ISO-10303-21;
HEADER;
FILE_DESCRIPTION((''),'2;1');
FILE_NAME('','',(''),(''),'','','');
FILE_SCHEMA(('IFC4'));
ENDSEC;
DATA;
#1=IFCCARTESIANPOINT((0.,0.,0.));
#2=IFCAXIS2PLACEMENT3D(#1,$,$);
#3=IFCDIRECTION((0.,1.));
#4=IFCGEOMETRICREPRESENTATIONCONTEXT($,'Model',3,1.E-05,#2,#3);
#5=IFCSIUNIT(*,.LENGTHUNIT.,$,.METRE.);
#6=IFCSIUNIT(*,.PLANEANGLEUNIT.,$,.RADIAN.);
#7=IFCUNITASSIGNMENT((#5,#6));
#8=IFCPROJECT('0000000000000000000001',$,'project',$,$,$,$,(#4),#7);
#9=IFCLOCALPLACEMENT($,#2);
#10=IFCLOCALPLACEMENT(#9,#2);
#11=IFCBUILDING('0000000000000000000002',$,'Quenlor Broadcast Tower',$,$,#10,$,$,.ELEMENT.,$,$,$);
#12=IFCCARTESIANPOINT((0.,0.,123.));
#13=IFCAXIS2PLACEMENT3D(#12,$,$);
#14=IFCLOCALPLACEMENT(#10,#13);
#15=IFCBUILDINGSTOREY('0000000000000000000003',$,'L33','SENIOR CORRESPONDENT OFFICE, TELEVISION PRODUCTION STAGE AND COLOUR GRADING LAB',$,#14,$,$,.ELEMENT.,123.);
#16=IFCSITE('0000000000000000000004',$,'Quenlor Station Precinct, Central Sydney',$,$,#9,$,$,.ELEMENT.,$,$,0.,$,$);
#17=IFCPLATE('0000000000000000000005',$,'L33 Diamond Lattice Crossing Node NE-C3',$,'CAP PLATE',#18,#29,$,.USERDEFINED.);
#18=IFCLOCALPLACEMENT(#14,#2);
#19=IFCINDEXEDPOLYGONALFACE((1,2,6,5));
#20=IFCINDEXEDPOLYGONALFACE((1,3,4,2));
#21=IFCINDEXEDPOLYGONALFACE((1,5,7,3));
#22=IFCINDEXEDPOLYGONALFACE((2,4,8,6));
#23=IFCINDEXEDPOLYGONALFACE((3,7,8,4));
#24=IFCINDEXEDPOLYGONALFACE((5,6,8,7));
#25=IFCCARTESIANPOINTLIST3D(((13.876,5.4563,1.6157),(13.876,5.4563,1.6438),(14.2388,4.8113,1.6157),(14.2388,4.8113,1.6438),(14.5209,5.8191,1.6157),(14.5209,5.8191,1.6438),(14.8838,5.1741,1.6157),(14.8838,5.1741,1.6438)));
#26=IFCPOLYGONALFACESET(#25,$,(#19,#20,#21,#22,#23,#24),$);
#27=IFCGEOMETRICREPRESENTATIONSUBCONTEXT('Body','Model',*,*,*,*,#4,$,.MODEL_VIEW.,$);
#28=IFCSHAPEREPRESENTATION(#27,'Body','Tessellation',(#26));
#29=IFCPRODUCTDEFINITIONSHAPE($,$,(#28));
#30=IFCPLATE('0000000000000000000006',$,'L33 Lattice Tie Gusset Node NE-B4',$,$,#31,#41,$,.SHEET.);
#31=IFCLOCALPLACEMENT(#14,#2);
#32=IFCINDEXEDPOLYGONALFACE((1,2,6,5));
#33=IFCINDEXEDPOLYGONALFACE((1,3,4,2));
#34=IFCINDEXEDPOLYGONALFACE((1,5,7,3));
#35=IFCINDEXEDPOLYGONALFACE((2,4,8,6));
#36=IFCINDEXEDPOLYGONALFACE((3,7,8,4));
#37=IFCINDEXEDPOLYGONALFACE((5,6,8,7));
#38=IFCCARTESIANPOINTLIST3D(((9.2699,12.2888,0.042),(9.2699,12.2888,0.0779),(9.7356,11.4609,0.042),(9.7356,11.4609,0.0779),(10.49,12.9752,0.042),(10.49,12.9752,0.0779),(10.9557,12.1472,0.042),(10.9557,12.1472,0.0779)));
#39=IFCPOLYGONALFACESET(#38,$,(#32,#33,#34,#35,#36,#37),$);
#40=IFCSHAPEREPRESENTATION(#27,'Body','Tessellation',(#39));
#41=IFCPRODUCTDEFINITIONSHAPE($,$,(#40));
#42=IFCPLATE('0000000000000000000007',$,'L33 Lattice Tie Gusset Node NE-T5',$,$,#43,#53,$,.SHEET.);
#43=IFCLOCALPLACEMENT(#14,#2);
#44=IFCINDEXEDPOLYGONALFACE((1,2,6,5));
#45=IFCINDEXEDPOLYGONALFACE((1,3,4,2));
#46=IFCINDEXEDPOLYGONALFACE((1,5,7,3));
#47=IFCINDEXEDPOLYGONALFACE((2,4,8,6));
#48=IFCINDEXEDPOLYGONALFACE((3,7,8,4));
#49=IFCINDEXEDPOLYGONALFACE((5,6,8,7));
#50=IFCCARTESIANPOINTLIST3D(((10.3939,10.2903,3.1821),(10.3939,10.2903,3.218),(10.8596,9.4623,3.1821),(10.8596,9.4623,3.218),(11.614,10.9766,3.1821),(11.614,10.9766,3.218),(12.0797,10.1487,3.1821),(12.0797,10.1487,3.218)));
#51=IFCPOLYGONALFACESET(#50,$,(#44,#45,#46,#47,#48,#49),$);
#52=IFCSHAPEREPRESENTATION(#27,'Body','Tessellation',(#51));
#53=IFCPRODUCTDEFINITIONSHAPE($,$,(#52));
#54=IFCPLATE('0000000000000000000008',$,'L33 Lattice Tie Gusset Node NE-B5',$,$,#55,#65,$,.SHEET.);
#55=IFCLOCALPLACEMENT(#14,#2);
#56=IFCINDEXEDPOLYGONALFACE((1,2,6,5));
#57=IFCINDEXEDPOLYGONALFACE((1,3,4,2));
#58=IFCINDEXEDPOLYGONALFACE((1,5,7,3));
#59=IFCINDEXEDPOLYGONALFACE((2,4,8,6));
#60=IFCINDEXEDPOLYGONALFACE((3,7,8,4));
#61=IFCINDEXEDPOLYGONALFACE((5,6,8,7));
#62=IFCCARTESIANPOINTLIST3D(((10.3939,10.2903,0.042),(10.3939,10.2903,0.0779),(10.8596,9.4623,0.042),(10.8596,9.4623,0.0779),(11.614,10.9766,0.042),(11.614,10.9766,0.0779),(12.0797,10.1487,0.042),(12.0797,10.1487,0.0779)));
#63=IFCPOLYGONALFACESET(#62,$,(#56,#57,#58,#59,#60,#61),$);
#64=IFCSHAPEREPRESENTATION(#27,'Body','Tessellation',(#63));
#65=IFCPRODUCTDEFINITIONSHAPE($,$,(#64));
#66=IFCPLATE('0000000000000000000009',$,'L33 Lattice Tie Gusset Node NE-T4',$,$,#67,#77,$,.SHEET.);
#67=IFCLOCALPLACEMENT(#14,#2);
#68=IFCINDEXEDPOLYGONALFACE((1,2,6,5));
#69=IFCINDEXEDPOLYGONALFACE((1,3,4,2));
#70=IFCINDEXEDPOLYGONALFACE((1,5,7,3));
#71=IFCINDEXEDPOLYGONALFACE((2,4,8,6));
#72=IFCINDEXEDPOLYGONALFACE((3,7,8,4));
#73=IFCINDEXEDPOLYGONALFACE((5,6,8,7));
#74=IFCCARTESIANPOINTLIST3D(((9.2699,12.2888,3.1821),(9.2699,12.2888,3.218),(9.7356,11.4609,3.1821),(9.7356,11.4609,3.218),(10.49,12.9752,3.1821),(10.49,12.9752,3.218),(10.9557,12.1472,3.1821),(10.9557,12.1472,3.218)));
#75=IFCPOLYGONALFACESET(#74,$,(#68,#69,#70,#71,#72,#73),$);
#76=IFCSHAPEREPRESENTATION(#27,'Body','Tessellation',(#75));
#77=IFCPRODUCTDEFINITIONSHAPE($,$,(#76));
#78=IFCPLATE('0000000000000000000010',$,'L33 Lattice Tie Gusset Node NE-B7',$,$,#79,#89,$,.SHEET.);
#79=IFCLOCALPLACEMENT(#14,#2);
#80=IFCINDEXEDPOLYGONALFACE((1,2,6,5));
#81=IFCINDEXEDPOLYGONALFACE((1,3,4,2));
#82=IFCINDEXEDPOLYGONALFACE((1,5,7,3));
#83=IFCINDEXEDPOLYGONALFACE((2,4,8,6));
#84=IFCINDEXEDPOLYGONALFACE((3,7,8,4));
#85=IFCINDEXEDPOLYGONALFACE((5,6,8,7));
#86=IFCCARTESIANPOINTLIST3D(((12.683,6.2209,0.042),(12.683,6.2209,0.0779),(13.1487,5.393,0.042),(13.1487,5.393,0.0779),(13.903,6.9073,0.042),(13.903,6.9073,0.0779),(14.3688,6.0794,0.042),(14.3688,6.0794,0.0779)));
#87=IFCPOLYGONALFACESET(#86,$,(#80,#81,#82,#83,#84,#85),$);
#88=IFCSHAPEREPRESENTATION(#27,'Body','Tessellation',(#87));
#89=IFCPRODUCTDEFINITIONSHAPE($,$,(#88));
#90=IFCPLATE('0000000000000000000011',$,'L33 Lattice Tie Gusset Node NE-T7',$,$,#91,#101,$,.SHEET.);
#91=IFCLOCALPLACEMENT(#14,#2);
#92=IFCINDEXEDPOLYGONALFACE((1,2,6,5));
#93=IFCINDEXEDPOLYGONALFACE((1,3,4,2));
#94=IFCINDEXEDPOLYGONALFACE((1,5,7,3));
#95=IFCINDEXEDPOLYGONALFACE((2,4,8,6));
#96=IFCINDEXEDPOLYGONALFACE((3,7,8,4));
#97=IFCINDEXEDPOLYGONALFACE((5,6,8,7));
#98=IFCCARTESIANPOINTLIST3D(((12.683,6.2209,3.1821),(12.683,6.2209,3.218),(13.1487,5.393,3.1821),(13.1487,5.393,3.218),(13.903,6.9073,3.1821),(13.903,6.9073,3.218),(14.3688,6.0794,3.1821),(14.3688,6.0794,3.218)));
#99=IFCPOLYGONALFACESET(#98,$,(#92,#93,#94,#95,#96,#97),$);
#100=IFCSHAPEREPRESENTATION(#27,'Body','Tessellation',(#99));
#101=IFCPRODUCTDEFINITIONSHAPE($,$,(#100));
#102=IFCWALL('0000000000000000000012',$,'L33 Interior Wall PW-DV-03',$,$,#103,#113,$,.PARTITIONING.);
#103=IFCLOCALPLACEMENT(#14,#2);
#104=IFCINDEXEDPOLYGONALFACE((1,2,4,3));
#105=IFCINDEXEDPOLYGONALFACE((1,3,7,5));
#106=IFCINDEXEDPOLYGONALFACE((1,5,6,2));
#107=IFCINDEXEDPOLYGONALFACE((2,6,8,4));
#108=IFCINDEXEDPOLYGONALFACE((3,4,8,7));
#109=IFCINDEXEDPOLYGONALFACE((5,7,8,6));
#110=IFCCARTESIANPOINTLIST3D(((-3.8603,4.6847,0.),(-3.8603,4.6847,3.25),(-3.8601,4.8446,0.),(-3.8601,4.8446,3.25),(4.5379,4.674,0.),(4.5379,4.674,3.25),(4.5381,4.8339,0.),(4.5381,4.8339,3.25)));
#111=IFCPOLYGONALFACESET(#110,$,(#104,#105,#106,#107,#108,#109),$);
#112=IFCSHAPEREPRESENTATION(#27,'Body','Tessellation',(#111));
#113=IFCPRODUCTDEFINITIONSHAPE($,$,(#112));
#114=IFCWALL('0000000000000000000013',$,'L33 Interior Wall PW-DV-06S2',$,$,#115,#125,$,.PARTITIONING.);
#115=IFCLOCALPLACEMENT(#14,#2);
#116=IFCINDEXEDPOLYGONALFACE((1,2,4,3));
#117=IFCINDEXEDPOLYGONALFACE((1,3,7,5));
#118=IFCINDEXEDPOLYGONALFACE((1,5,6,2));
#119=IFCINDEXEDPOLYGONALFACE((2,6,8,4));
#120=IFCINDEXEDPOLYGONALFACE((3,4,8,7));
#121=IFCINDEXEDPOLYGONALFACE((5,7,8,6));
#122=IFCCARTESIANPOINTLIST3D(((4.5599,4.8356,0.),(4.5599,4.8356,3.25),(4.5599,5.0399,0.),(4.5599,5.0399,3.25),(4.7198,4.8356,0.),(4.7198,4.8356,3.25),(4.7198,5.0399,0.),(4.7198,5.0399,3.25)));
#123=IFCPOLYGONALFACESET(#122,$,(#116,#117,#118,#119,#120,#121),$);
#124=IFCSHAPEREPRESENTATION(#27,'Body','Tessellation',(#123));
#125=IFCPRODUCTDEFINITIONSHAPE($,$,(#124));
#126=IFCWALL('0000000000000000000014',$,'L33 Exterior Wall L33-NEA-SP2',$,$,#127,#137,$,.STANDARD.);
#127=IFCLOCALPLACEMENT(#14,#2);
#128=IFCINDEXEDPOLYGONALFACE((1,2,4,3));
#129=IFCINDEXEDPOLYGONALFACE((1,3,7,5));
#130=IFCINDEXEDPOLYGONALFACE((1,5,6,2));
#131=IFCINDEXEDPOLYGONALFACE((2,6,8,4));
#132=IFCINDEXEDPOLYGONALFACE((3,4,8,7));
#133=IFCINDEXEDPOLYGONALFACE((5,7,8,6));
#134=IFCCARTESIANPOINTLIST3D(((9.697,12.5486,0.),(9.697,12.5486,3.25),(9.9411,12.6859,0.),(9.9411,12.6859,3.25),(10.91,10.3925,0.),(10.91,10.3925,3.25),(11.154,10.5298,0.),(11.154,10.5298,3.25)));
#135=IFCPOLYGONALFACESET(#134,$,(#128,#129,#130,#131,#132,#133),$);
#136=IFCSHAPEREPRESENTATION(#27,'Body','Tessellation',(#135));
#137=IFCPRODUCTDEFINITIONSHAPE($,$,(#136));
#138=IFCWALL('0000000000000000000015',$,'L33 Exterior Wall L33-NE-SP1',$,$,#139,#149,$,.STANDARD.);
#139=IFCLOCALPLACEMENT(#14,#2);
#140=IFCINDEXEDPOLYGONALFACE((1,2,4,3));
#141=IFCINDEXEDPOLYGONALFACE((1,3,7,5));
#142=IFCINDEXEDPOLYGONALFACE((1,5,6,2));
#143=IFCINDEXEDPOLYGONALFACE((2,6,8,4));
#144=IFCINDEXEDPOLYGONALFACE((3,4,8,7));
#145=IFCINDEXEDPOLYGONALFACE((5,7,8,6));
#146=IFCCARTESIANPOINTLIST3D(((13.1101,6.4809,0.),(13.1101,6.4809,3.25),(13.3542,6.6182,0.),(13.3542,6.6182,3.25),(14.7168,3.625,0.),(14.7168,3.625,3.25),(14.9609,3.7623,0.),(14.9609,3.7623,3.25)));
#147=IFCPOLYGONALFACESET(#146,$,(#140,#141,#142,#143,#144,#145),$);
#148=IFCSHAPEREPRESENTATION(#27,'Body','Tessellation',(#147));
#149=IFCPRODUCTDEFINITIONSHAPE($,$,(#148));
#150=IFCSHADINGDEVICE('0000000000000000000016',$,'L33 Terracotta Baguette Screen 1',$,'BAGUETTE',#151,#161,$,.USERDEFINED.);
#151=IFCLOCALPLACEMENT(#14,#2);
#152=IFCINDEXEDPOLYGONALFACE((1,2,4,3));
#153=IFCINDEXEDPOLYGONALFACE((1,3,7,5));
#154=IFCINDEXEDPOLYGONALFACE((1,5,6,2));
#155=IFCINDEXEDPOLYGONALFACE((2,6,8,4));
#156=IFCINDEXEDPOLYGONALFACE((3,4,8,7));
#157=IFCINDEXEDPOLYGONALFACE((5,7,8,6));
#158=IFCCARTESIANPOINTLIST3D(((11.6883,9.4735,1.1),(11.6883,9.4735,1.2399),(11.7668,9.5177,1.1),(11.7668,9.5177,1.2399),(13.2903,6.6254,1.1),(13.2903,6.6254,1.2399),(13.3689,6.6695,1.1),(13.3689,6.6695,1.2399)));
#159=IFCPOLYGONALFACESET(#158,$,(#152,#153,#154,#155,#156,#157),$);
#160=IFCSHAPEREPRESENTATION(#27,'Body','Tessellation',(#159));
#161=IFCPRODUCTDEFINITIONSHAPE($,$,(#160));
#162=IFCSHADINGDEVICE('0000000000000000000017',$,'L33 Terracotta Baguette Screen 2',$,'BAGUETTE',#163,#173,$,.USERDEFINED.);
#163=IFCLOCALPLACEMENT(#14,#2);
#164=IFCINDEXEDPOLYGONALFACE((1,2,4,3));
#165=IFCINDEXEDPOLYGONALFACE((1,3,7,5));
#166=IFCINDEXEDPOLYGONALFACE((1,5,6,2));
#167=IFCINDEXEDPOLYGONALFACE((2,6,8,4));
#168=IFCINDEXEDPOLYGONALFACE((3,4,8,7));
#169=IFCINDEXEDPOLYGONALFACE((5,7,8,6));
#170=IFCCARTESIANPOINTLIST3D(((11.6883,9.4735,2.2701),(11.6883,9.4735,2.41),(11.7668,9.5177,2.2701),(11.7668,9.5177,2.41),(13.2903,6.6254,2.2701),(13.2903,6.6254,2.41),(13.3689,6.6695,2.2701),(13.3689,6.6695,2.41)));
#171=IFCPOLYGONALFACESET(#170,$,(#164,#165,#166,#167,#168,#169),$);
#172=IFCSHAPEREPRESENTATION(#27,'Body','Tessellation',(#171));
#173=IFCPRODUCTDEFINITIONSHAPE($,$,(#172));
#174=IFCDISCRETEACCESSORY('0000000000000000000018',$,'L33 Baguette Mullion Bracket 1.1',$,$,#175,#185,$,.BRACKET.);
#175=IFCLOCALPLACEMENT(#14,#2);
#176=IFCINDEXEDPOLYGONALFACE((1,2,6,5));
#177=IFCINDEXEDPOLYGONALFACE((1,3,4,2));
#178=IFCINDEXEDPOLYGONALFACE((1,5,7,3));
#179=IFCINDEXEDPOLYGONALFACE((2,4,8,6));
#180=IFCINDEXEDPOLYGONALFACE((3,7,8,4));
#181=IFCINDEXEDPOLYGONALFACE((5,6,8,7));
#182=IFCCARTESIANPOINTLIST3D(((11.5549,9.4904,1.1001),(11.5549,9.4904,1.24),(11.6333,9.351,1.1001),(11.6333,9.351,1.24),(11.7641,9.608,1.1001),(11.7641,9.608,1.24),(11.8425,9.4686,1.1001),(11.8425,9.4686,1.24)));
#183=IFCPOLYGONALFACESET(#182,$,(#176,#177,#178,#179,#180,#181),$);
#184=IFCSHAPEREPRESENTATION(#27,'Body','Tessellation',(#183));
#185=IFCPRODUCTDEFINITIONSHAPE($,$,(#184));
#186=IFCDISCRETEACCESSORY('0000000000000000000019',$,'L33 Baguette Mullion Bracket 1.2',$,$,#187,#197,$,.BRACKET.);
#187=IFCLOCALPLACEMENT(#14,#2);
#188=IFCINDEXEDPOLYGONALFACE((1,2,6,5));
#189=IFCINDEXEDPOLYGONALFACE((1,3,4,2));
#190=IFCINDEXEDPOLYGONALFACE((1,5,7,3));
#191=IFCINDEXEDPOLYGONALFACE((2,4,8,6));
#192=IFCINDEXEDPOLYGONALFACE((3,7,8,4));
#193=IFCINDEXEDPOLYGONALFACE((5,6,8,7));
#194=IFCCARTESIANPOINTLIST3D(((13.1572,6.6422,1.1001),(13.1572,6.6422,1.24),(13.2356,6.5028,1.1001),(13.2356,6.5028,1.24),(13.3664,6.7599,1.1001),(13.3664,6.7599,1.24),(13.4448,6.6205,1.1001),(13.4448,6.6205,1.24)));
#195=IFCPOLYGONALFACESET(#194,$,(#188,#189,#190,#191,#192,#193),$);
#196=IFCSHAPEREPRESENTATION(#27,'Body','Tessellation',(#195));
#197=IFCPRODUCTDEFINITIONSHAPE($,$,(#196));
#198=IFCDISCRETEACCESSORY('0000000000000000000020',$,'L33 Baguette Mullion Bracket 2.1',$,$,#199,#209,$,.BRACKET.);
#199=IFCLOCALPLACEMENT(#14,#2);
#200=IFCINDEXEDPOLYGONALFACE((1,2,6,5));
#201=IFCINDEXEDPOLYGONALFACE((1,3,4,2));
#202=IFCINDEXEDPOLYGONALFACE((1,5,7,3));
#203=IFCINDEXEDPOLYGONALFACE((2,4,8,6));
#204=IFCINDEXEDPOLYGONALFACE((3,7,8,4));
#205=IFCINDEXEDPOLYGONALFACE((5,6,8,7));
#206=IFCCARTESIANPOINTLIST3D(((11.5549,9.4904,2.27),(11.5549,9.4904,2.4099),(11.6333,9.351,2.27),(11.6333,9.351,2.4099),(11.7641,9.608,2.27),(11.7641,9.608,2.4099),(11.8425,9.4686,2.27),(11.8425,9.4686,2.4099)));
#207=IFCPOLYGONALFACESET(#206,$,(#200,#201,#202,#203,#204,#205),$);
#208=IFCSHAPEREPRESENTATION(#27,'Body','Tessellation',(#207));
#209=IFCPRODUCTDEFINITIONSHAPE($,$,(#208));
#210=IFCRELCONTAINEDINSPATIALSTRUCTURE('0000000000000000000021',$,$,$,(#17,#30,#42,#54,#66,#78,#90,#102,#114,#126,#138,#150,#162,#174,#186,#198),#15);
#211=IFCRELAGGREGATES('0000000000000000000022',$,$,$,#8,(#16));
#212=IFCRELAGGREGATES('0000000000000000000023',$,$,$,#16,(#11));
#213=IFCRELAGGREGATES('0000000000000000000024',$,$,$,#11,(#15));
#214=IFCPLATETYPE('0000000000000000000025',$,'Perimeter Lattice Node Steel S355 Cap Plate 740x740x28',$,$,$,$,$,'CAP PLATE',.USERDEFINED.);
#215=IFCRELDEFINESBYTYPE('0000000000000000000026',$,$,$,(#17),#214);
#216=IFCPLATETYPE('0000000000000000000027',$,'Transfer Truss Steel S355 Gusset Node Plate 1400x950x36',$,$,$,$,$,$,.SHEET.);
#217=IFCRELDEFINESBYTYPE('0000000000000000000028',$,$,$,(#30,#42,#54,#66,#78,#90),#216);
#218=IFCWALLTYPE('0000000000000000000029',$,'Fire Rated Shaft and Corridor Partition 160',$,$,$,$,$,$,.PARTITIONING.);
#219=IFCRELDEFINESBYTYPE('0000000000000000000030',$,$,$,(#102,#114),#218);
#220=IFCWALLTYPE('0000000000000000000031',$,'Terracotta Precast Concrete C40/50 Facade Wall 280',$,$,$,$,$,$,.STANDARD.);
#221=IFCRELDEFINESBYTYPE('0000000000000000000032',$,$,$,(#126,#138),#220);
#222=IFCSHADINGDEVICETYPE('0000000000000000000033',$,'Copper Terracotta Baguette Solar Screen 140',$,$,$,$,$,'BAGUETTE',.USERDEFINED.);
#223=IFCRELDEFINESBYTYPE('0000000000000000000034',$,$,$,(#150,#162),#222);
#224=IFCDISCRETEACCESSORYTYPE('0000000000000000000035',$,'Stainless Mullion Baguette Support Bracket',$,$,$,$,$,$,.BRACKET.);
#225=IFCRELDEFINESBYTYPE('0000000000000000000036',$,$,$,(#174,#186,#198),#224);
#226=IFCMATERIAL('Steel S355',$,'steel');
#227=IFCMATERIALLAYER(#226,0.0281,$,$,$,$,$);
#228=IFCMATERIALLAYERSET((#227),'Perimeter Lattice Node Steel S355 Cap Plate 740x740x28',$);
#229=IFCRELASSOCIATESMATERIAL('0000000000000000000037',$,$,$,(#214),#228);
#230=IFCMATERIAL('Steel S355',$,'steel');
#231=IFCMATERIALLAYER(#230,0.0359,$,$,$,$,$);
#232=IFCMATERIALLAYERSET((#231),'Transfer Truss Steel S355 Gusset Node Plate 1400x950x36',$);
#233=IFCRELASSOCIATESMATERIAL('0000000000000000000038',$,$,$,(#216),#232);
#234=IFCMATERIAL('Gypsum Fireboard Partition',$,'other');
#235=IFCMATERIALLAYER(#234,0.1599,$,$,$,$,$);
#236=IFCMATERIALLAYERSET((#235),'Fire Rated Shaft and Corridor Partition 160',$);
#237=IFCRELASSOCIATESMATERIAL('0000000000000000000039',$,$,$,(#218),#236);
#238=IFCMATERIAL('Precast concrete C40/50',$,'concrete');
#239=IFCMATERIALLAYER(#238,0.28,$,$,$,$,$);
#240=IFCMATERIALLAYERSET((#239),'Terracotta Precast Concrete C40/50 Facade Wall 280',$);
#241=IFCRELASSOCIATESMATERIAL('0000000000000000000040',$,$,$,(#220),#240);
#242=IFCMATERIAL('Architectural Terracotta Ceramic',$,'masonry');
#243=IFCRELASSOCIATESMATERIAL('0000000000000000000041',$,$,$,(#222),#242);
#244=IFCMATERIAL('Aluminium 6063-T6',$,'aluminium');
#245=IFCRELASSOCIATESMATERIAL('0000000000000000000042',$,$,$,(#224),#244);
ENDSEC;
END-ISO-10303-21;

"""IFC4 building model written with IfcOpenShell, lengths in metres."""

from ifc_helpers import new_model, si_unit, direction, frame, frame_2d, origin, origin_2d, place, context, subcontext, project, spatial, rectangle, extrude, material, layer, layer_set, material_profile, profile_set, type_object, element, save


model = new_model("IFC4")

# Units and contexts
model_context = context("Model", 3, precision=1e-05, world=origin(), true_north=direction((0.0, 1.0)))
body_context = subcontext(model_context, "Body", "Model", "MODEL_VIEW")
ifc_project = project(units=[si_unit("LENGTHUNIT", "METRE"), si_unit("PLANEANGLEUNIT", "RADIAN")], contexts=[model_context])

# Site, building, storey
site_placement = place(None, origin())
site = spatial("IfcSite", under=ifc_project, at=site_placement, Name="Quenlor Station Precinct, Central Sydney", CompositionType="ELEMENT", RefElevation=0.0)
building_placement = place(site_placement, origin())
building = spatial("IfcBuilding", under=site, at=building_placement, Name="Quenlor Broadcast Tower", CompositionType="ELEMENT")
storey_placement = place(building_placement, frame((0.0, 0.0, 123.0)))
storey = spatial("IfcBuildingStorey", under=building, at=storey_placement, Name="L33", Description="SENIOR CORRESPONDENT OFFICE, TELEVISION PRODUCTION STAGE AND COLOUR GRADING LAB", CompositionType="ELEMENT", Elevation=123.0)

# Plates
ifc_material_1 = material(Name="Steel S355", Category="steel")
ifc_layer_1 = layer(ifc_material_1, 0.0281)
ifc_layer_set_1 = layer_set([ifc_layer_1], Name="Perimeter Lattice Node Steel S355 Cap Plate 740x740x28")
plate_type_1 = type_object("IfcPlateType", Name="Perimeter Lattice Node Steel S355 Cap Plate 740x740x28", ElementType="CAP PLATE", PredefinedType="USERDEFINED", material=ifc_layer_set_1)
for number, where, z_axis, x_axis, name in (
    (1, (14.3799, 5.3152, 1.6157), (0.0, 0.0, 1.0), (0.490295, -0.871556, 0.0), "L33 Diamond Lattice Crossing Node NE-C3"),
):
    element("IfcPlate", number, at=place(storey_placement, frame(where, z_axis=z_axis, x_axis=x_axis)), inside=storey, type_object=plate_type_1, Name=name, ObjectType="CAP PLATE", PredefinedType="USERDEFINED", context=body_context, shape_type="SweptSolid", body=[
        extrude(rectangle(XDim=0.74, YDim=0.74, at=origin_2d()), origin(), (0.0, 0.0, 1.0), 0.0281),
    ])
ifc_material_2 = material(Name="Steel S355", Category="steel")
ifc_layer_2 = layer(ifc_material_2, 0.0359)
ifc_layer_set_2 = layer_set([ifc_layer_2], Name="Transfer Truss Steel S355 Gusset Node Plate 1400x950x36")
plate_type_2 = type_object("IfcPlateType", Name="Transfer Truss Steel S355 Gusset Node Plate 1400x950x36", PredefinedType="SHEET", material=ifc_layer_set_2)
for number, where, z_axis, x_axis, name in (
    (2, (10.1128, 12.218, 0.042), (0.0, 0.0, 1.0), (0.871556, 0.490295, 0.0), "L33 Lattice Tie Gusset Node NE-B4"),
    (3, (11.2368, 10.2195, 3.1821), (0.0, 0.0, 1.0), (0.871556, 0.490295, 0.0), "L33 Lattice Tie Gusset Node NE-T5"),
    (4, (11.2368, 10.2195, 0.042), (0.0, 0.0, 1.0), (0.871556, 0.490295, 0.0), "L33 Lattice Tie Gusset Node NE-B5"),
    (5, (10.1128, 12.218, 3.1821), (0.0, 0.0, 1.0), (0.871556, 0.490295, 0.0), "L33 Lattice Tie Gusset Node NE-T4"),
    (6, (13.5259, 6.1501, 0.042), (0.0, 0.0, 1.0), (0.871556, 0.490295, 0.0), "L33 Lattice Tie Gusset Node NE-B7"),
    (7, (13.5259, 6.1501, 3.1821), (0.0, 0.0, 1.0), (0.871556, 0.490295, 0.0), "L33 Lattice Tie Gusset Node NE-T7"),
):
    element("IfcPlate", number, at=place(storey_placement, frame(where, z_axis=z_axis, x_axis=x_axis)), inside=storey, type_object=plate_type_2, Name=name, PredefinedType="SHEET", context=body_context, shape_type="SweptSolid", body=[
        extrude(rectangle(XDim=1.3999, YDim=0.95, at=origin_2d()), origin(), (0.0, 0.0, 1.0), 0.0359),
    ])

# Walls
ifc_material_3 = material(Name="Gypsum Fireboard Partition", Category="other")
ifc_layer_3 = layer(ifc_material_3, 0.1599)
ifc_layer_set_3 = layer_set([ifc_layer_3], Name="Fire Rated Shaft and Corridor Partition 160")
wall_type_1 = type_object("IfcWallType", Name="Fire Rated Shaft and Corridor Partition 160", PredefinedType="PARTITIONING", material=ifc_layer_set_3)
wall_1_placement = place(storey_placement, frame((4.5381, 4.7539, 0.0), z_axis=(0.0, 0.0, 1.0), x_axis=(-0.999999, 0.001279, 0.0)))
element("IfcWall", 8, at=wall_1_placement, inside=storey, type_object=wall_type_1, Name="L33 Interior Wall PW-DV-03", PredefinedType="PARTITIONING", context=body_context, shape_type="SweptSolid", body=[
    extrude(rectangle(XDim=8.3982, YDim=0.1599, at=frame_2d((4.1992, 0.0))), origin(), (0.0, 0.0, 1.0), 3.25),
])
wall_2_placement = place(storey_placement, frame((4.6399, 4.8357, 0.0), z_axis=(0.0, 0.0, 1.0), x_axis=(0.0, 1.0, 0.0)))
element("IfcWall", 9, at=wall_2_placement, inside=storey, type_object=wall_type_1, Name="L33 Interior Wall PW-DV-06S2", PredefinedType="PARTITIONING", context=body_context, shape_type="SweptSolid", body=[
    extrude(rectangle(XDim=0.2043, YDim=0.1599, at=frame_2d((0.1021, 0.0))), origin(), (0.0, 0.0, 1.0), 3.25),
])
ifc_material_4 = material(Name="Precast concrete C40/50", Category="concrete")
ifc_layer_4 = layer(ifc_material_4, 0.28)
ifc_layer_set_4 = layer_set([ifc_layer_4], Name="Terracotta Precast Concrete C40/50 Facade Wall 280")
wall_type_2 = type_object("IfcWallType", Name="Terracotta Precast Concrete C40/50 Facade Wall 280", PredefinedType="STANDARD", material=ifc_layer_set_4)
wall_3_placement = place(storey_placement, frame((9.8191, 12.6172, 0.0), z_axis=(0.0, 0.0, 1.0), x_axis=(0.490303, -0.871552, 0.0)))
element("IfcWall", 10, at=wall_3_placement, inside=storey, type_object=wall_type_2, Name="L33 Exterior Wall L33-NEA-SP2", PredefinedType="STANDARD", context=body_context, shape_type="SweptSolid", body=[
    extrude(rectangle(XDim=2.4739, YDim=0.28, at=frame_2d((1.2368, 0.0))), origin(), (0.0, 0.0, 1.0), 3.25),
])
wall_4_placement = place(storey_placement, frame((13.2322, 6.5496, 0.0), z_axis=(0.0, 0.0, 1.0), x_axis=(0.490311, -0.871548, 0.0)))
element("IfcWall", 11, at=wall_4_placement, inside=storey, type_object=wall_type_2, Name="L33 Exterior Wall L33-NE-SP1", PredefinedType="STANDARD", context=body_context, shape_type="SweptSolid", body=[
    extrude(rectangle(XDim=3.2769, YDim=0.28, at=frame_2d((1.6384, 0.0))), origin(), (0.0, 0.0, 1.0), 3.25),
])

# Shading devices
ifc_material_5 = material(Name="Architectural Terracotta Ceramic", Category="masonry")
ifc_material_profile_1 = material_profile(ifc_material_5, rectangle(XDim=0.0901, YDim=0.1399, at=origin_2d()))
ifc_profile_set_1 = profile_set([ifc_material_profile_1], Name="Architectural Terracotta Ceramic BAG90x140")
shading_device_type = type_object("IfcShadingDeviceType", Name="Copper Terracotta Baguette Solar Screen 140", ElementType="BAGUETTE", PredefinedType="USERDEFINED", material=ifc_profile_set_1)
for number, where, z_axis, x_axis, name in (
    (12, (11.7275, 9.4956, 1.1699), (0.490254, -0.87158, 0.0), (0.87158, 0.490254, 0.0), "L33 Terracotta Baguette Screen 1"),
    (13, (11.7275, 9.4956, 2.3401), (0.490254, -0.87158, 0.0), (0.87158, 0.490254, 0.0), "L33 Terracotta Baguette Screen 2"),
):
    element("IfcShadingDevice", number, at=place(storey_placement, frame(where, z_axis=z_axis, x_axis=x_axis)), inside=storey, type_object=shading_device_type, Name=name, ObjectType="BAGUETTE", PredefinedType="USERDEFINED", context=body_context, shape_type="SweptSolid", body=[
        extrude(rectangle(XDim=0.0901, YDim=0.1399, at=origin_2d()), origin(), (0.0, 0.0, 1.0), 3.2678),
    ])

# Discrete accessories
ifc_material_6 = material(Name="Aluminium 6063-T6", Category="aluminium")
discrete_accessory_type = type_object("IfcDiscreteAccessoryType", Name="Stainless Mullion Baguette Support Bracket", PredefinedType="BRACKET", material=ifc_material_6)
for number, where, z_axis, x_axis, name in (
    (14, (11.6987, 9.4795, 1.1001), (0.0, 0.0, 1.0), (0.490262, -0.871575, 0.0), "L33 Baguette Mullion Bracket 1.1"),
    (15, (13.301, 6.6313, 1.1001), (0.0, 0.0, 1.0), (0.490262, -0.871575, 0.0), "L33 Baguette Mullion Bracket 1.2"),
    (16, (11.6987, 9.4795, 2.27), (0.0, 0.0, 1.0), (0.490262, -0.871575, 0.0), "L33 Baguette Mullion Bracket 2.1"),
):
    element("IfcDiscreteAccessory", number, at=place(storey_placement, frame(where, z_axis=z_axis, x_axis=x_axis)), inside=storey, type_object=discrete_accessory_type, Name=name, PredefinedType="BRACKET", context=body_context, shape_type="SweptSolid", body=[
        extrude(rectangle(XDim=0.1599, YDim=0.24, at=origin_2d()), origin(), (0.0, 0.0, 1.0), 0.1399),
    ])

save(model, "model.ifc")
